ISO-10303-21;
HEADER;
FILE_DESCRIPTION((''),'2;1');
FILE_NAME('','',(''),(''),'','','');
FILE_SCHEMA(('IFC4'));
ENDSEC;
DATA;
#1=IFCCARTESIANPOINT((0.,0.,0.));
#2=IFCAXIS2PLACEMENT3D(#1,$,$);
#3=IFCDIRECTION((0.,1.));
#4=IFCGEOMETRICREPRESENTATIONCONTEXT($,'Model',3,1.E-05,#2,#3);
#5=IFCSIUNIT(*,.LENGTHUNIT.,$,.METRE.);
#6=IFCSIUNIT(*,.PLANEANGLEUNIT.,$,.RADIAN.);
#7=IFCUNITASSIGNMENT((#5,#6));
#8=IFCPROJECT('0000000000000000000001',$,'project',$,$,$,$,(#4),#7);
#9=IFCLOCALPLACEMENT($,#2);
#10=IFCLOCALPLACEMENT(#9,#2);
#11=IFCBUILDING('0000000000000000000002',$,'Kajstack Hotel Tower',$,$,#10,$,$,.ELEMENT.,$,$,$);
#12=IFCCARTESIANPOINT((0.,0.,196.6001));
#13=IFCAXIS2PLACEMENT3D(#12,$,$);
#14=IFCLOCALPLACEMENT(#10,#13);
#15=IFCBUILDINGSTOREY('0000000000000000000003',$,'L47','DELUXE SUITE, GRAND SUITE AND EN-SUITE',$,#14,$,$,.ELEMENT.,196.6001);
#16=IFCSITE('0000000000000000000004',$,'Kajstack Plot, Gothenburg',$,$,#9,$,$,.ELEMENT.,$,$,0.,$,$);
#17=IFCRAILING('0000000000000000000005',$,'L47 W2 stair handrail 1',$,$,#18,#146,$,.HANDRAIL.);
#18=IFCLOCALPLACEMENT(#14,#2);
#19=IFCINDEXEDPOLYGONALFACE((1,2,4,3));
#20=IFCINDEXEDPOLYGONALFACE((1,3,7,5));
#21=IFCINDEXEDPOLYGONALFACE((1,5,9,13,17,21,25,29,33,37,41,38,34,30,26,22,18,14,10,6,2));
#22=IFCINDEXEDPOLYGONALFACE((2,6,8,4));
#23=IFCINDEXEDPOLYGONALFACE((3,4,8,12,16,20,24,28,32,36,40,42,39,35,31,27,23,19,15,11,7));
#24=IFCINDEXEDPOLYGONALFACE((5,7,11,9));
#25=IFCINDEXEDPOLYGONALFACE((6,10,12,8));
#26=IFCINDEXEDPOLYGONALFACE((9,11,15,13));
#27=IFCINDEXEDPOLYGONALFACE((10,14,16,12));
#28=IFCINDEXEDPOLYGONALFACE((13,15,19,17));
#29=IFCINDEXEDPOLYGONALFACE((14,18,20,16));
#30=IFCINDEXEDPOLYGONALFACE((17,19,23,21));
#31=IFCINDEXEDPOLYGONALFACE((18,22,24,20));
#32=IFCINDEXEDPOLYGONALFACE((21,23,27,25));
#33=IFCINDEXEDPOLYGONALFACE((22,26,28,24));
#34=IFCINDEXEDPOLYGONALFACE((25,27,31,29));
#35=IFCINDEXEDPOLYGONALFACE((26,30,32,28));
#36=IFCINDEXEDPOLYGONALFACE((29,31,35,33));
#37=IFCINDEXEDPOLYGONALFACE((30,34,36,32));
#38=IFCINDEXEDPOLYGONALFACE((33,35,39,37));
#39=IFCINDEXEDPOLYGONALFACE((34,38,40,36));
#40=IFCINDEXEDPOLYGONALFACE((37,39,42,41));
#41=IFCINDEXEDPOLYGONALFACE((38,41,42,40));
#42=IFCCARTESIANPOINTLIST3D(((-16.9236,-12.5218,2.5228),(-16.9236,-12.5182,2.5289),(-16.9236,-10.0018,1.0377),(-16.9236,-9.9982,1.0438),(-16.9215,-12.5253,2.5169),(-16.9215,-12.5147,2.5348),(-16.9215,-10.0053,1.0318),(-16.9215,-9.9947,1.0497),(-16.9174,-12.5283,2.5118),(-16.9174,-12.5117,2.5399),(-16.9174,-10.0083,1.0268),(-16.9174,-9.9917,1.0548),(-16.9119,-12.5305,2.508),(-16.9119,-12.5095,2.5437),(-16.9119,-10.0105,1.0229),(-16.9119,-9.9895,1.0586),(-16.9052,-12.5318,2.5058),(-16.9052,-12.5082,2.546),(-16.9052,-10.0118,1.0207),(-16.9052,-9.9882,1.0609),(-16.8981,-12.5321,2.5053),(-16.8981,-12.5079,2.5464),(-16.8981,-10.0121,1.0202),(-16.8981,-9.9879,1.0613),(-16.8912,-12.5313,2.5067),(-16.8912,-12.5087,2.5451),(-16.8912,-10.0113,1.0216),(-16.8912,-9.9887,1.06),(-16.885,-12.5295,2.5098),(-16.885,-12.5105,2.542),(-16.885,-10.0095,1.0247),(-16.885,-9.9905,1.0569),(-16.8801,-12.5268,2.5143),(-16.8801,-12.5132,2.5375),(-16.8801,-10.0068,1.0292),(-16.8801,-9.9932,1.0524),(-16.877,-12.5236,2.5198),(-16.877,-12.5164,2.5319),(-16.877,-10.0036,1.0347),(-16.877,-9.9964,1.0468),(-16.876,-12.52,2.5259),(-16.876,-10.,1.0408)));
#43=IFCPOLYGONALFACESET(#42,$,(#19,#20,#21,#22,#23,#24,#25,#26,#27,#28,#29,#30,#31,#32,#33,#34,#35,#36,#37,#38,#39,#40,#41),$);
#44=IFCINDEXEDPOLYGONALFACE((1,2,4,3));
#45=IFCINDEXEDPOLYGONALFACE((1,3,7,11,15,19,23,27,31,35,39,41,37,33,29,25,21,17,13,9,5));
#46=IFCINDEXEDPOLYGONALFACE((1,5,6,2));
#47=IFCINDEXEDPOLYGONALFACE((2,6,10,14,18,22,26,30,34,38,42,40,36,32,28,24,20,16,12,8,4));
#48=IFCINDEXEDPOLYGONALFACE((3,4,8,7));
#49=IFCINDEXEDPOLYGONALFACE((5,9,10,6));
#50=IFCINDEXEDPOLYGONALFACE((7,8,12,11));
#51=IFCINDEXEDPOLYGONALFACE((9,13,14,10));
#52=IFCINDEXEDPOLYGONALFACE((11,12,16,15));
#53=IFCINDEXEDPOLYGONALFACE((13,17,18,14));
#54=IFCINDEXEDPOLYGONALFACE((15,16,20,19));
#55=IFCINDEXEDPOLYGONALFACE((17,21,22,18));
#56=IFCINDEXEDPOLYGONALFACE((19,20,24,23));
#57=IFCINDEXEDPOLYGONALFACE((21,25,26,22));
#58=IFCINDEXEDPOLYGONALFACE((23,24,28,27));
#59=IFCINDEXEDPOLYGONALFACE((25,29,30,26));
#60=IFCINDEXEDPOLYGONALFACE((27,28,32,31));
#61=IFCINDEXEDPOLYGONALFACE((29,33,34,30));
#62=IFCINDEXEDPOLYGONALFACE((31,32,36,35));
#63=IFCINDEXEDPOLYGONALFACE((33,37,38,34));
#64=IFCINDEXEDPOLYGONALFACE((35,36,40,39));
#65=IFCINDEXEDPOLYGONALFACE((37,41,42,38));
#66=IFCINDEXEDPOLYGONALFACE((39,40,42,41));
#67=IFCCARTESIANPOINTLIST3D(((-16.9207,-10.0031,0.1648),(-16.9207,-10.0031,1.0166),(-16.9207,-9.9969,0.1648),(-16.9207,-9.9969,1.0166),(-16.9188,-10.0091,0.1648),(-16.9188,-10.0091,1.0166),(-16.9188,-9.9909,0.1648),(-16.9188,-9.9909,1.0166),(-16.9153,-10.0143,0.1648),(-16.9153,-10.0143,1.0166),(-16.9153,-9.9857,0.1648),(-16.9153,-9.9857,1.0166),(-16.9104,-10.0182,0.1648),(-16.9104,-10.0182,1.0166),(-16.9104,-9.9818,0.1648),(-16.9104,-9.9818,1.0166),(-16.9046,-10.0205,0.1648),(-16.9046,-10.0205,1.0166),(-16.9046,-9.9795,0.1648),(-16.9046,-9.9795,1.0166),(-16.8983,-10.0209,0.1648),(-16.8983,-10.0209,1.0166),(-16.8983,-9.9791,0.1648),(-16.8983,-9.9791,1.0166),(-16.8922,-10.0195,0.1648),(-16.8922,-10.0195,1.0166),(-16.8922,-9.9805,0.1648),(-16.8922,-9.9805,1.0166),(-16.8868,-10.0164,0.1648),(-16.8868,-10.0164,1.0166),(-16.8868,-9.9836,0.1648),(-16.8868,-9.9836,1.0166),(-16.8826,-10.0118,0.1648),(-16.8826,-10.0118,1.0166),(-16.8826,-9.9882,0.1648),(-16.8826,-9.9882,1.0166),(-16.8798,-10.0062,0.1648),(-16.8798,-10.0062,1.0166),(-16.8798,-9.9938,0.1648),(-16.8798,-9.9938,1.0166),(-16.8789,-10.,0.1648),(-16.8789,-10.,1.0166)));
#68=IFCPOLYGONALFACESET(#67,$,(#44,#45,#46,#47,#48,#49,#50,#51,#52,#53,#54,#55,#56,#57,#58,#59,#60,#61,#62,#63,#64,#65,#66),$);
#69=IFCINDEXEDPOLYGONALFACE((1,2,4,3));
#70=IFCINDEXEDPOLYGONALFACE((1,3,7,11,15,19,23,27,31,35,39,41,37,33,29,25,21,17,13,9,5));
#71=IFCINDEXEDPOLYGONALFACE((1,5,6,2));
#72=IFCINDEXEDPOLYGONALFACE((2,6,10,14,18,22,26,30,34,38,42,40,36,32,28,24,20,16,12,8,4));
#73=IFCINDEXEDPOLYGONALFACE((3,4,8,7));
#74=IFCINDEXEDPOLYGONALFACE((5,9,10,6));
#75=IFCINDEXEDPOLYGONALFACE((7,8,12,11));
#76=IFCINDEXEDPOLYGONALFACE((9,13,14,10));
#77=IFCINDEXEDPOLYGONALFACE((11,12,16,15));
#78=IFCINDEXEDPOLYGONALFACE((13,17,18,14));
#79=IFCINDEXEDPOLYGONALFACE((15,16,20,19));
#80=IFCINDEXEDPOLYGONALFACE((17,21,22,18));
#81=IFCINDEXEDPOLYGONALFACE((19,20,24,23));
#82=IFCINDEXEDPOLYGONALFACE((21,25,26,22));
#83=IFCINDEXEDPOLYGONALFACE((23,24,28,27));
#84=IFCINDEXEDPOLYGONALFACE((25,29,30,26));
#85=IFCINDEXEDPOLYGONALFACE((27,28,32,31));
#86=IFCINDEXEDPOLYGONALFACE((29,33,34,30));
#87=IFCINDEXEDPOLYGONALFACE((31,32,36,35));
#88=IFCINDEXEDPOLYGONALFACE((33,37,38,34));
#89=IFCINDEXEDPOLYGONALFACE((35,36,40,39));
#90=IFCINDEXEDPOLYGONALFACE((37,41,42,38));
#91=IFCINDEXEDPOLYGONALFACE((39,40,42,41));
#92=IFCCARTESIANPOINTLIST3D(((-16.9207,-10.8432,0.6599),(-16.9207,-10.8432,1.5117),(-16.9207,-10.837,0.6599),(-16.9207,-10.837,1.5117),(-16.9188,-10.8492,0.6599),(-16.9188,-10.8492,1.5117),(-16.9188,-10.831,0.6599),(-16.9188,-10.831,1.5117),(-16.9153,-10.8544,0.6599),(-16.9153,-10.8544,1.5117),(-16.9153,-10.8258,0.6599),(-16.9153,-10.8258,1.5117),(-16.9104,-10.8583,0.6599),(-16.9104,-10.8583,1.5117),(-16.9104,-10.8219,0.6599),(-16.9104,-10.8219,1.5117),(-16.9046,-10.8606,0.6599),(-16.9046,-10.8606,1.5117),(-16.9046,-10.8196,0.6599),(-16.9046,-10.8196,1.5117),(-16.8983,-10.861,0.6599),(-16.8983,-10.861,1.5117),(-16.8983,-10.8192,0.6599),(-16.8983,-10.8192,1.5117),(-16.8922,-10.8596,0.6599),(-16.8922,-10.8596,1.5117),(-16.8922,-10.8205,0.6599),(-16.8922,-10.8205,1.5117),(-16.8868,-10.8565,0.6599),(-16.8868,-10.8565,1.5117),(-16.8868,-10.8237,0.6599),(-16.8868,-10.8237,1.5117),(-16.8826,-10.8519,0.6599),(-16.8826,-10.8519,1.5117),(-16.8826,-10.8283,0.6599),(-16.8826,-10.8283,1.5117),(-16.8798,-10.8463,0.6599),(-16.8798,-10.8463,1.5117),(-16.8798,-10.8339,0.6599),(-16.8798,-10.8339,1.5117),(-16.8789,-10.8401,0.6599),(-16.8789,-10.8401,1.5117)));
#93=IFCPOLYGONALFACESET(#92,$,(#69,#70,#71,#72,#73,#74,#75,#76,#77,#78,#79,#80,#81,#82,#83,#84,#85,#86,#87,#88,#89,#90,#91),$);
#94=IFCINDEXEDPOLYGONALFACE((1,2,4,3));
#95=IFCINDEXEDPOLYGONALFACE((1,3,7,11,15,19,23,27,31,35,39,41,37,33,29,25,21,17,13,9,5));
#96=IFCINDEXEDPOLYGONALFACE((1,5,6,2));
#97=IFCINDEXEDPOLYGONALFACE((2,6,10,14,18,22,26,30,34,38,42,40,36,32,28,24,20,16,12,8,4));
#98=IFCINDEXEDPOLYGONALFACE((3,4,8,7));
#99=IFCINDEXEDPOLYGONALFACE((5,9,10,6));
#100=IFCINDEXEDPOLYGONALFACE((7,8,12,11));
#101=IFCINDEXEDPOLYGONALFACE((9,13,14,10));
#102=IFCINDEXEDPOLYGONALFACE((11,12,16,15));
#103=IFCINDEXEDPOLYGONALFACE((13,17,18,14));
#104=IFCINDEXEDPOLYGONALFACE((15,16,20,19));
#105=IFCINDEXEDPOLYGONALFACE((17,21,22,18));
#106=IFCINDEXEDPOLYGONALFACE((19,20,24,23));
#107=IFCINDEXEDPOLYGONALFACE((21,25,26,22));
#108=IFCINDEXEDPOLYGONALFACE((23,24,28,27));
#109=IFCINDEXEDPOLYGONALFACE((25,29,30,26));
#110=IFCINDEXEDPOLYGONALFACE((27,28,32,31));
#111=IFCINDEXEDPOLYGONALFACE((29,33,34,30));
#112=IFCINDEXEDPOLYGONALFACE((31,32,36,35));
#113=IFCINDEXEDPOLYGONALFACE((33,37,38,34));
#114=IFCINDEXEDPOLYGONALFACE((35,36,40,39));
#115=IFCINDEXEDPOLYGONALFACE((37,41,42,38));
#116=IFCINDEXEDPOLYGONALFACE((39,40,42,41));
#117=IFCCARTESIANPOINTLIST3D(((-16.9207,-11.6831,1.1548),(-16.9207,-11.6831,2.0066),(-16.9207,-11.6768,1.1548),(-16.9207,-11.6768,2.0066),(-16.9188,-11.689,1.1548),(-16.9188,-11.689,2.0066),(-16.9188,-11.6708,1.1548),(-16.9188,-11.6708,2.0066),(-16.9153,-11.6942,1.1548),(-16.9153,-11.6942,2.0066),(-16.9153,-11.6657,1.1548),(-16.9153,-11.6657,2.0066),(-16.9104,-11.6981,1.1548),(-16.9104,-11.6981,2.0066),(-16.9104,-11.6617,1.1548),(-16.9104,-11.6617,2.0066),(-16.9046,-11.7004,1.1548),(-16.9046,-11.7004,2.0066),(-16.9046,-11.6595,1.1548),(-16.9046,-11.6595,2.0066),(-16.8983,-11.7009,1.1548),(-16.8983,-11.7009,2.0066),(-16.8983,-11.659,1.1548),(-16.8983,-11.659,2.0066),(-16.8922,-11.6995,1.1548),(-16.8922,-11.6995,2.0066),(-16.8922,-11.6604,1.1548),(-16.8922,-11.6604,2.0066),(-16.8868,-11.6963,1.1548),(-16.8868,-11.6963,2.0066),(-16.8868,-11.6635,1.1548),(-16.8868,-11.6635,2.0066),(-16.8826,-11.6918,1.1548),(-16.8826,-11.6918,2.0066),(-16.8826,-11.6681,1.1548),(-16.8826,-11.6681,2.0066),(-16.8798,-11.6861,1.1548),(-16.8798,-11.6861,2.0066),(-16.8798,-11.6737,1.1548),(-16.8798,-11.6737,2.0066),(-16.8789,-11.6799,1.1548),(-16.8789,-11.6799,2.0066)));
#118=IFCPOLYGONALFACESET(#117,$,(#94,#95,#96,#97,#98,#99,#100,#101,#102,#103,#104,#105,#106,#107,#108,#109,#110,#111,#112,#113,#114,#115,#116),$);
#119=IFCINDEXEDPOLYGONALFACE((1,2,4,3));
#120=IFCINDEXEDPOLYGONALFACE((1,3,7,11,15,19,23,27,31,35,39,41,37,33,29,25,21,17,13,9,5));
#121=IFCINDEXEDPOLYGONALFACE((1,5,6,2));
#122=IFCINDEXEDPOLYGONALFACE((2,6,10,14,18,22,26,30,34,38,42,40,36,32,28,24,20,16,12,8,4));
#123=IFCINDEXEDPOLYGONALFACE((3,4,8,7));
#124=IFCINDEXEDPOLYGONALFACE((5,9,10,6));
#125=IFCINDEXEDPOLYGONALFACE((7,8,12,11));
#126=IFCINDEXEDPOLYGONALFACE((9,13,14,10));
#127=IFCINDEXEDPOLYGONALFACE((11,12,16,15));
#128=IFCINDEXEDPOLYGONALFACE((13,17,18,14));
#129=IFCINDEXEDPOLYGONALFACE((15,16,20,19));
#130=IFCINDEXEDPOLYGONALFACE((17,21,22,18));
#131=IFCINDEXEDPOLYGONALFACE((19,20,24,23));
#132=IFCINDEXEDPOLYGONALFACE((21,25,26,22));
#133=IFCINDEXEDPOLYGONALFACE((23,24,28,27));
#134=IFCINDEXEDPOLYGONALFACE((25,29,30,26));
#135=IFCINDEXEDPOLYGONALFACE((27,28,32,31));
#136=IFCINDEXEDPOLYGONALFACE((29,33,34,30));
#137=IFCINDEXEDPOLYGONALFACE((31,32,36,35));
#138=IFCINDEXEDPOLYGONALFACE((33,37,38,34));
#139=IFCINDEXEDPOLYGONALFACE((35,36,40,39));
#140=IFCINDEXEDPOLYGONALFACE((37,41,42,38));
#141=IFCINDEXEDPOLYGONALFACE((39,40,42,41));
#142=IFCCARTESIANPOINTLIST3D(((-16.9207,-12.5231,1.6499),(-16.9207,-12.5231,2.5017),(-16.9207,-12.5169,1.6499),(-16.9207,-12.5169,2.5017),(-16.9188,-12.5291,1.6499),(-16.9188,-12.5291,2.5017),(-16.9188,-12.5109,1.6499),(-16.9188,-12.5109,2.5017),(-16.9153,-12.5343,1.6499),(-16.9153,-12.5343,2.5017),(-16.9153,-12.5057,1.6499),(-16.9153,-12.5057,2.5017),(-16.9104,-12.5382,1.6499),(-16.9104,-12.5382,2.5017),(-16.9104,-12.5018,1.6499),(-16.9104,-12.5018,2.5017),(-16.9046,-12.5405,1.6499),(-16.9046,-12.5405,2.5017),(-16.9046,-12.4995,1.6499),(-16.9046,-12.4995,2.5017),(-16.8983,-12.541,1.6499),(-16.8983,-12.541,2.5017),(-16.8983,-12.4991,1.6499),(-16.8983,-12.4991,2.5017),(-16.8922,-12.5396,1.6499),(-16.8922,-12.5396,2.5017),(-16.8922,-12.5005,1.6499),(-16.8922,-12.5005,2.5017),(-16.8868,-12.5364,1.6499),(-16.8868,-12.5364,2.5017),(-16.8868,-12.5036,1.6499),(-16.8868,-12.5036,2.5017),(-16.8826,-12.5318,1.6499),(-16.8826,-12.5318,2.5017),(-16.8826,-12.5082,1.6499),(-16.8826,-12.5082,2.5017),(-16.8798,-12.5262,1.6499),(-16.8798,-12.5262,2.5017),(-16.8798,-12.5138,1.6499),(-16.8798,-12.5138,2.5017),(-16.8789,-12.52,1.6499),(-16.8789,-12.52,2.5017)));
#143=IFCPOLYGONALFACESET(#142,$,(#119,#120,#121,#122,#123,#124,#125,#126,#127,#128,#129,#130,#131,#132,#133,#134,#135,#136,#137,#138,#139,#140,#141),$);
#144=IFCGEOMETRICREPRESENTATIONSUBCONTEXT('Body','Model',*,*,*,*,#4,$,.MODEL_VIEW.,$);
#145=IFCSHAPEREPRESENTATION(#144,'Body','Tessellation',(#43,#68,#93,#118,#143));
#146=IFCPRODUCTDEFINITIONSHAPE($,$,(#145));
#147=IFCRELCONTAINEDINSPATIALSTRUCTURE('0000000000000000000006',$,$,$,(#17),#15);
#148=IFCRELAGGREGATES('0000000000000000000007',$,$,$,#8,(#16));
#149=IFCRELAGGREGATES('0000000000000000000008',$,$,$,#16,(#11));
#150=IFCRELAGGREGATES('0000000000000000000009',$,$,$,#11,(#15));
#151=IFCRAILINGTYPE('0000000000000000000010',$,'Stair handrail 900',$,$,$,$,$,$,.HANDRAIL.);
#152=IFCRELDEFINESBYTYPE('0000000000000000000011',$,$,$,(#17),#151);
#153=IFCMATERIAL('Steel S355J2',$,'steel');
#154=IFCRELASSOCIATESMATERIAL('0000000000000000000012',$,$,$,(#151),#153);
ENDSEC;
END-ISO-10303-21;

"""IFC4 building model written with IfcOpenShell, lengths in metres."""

from ifc_helpers import new_model, si_unit, direction, frame, origin, origin_2d, place, context, subcontext, project, spatial, circle, extrude, material, type_object, element, save


model = new_model("IFC4")

# Units and contexts
model_context = context("Model", 3, precision=1e-05, world=origin(), true_north=direction((0.0, 1.0)))
body_context = subcontext(model_context, "Body", "Model", "MODEL_VIEW")
ifc_project = project(units=[si_unit("LENGTHUNIT", "METRE"), si_unit("PLANEANGLEUNIT", "RADIAN")], contexts=[model_context])

# Site, building, storey
site_placement = place(None, origin())
site = spatial("IfcSite", under=ifc_project, at=site_placement, Name="Kajstack Plot, Gothenburg", CompositionType="ELEMENT", RefElevation=0.0)
building_placement = place(site_placement, origin())
building = spatial("IfcBuilding", under=site, at=building_placement, Name="Kajstack Hotel Tower", CompositionType="ELEMENT")
storey_placement = place(building_placement, frame((0.0, 0.0, 196.6001)))
storey = spatial("IfcBuildingStorey", under=building, at=storey_placement, Name="L47", Description="DELUXE SUITE, GRAND SUITE AND EN-SUITE", CompositionType="ELEMENT", Elevation=196.6001)

# Railing
ifc_material_1 = material(Name="Steel S355J2", Category="steel")
railing_type_1 = type_object("IfcRailingType", Name="Stair handrail 900", PredefinedType="HANDRAIL", material=ifc_material_1)
railing_1_placement = place(storey_placement, frame((-16.8999, -10.0, 0.1648)))
element("IfcRailing", 1, at=railing_1_placement, inside=storey, type_object=railing_type_1, Name="L47 W2 stair handrail 1", PredefinedType="HANDRAIL", context=body_context, shape_type="SweptSolid", body=[
    extrude(circle(Radius=0.0239, at=origin_2d()), frame((0.0, 0.0, 0.876), z_axis=(0.0, -0.861524, 0.507717), x_axis=(1.0, 0.0, 0.0)), (0.0, 0.0, 1.0), 2.925),
    extrude(circle(Radius=0.021, at=origin_2d()), origin(), (0.0, 0.0, 1.0), 0.8518),
    extrude(circle(Radius=0.021, at=origin_2d()), frame((0.0, -0.8401, 0.4951)), (0.0, 0.0, 1.0), 0.8518),
    extrude(circle(Radius=0.021, at=origin_2d()), frame((0.0, -1.6799, 0.99)), (0.0, 0.0, 1.0), 0.8518),
    extrude(circle(Radius=0.021, at=origin_2d()), frame((0.0, -2.52, 1.4851)), (0.0, 0.0, 1.0), 0.8518),
])

save(model, "model.ifc")
